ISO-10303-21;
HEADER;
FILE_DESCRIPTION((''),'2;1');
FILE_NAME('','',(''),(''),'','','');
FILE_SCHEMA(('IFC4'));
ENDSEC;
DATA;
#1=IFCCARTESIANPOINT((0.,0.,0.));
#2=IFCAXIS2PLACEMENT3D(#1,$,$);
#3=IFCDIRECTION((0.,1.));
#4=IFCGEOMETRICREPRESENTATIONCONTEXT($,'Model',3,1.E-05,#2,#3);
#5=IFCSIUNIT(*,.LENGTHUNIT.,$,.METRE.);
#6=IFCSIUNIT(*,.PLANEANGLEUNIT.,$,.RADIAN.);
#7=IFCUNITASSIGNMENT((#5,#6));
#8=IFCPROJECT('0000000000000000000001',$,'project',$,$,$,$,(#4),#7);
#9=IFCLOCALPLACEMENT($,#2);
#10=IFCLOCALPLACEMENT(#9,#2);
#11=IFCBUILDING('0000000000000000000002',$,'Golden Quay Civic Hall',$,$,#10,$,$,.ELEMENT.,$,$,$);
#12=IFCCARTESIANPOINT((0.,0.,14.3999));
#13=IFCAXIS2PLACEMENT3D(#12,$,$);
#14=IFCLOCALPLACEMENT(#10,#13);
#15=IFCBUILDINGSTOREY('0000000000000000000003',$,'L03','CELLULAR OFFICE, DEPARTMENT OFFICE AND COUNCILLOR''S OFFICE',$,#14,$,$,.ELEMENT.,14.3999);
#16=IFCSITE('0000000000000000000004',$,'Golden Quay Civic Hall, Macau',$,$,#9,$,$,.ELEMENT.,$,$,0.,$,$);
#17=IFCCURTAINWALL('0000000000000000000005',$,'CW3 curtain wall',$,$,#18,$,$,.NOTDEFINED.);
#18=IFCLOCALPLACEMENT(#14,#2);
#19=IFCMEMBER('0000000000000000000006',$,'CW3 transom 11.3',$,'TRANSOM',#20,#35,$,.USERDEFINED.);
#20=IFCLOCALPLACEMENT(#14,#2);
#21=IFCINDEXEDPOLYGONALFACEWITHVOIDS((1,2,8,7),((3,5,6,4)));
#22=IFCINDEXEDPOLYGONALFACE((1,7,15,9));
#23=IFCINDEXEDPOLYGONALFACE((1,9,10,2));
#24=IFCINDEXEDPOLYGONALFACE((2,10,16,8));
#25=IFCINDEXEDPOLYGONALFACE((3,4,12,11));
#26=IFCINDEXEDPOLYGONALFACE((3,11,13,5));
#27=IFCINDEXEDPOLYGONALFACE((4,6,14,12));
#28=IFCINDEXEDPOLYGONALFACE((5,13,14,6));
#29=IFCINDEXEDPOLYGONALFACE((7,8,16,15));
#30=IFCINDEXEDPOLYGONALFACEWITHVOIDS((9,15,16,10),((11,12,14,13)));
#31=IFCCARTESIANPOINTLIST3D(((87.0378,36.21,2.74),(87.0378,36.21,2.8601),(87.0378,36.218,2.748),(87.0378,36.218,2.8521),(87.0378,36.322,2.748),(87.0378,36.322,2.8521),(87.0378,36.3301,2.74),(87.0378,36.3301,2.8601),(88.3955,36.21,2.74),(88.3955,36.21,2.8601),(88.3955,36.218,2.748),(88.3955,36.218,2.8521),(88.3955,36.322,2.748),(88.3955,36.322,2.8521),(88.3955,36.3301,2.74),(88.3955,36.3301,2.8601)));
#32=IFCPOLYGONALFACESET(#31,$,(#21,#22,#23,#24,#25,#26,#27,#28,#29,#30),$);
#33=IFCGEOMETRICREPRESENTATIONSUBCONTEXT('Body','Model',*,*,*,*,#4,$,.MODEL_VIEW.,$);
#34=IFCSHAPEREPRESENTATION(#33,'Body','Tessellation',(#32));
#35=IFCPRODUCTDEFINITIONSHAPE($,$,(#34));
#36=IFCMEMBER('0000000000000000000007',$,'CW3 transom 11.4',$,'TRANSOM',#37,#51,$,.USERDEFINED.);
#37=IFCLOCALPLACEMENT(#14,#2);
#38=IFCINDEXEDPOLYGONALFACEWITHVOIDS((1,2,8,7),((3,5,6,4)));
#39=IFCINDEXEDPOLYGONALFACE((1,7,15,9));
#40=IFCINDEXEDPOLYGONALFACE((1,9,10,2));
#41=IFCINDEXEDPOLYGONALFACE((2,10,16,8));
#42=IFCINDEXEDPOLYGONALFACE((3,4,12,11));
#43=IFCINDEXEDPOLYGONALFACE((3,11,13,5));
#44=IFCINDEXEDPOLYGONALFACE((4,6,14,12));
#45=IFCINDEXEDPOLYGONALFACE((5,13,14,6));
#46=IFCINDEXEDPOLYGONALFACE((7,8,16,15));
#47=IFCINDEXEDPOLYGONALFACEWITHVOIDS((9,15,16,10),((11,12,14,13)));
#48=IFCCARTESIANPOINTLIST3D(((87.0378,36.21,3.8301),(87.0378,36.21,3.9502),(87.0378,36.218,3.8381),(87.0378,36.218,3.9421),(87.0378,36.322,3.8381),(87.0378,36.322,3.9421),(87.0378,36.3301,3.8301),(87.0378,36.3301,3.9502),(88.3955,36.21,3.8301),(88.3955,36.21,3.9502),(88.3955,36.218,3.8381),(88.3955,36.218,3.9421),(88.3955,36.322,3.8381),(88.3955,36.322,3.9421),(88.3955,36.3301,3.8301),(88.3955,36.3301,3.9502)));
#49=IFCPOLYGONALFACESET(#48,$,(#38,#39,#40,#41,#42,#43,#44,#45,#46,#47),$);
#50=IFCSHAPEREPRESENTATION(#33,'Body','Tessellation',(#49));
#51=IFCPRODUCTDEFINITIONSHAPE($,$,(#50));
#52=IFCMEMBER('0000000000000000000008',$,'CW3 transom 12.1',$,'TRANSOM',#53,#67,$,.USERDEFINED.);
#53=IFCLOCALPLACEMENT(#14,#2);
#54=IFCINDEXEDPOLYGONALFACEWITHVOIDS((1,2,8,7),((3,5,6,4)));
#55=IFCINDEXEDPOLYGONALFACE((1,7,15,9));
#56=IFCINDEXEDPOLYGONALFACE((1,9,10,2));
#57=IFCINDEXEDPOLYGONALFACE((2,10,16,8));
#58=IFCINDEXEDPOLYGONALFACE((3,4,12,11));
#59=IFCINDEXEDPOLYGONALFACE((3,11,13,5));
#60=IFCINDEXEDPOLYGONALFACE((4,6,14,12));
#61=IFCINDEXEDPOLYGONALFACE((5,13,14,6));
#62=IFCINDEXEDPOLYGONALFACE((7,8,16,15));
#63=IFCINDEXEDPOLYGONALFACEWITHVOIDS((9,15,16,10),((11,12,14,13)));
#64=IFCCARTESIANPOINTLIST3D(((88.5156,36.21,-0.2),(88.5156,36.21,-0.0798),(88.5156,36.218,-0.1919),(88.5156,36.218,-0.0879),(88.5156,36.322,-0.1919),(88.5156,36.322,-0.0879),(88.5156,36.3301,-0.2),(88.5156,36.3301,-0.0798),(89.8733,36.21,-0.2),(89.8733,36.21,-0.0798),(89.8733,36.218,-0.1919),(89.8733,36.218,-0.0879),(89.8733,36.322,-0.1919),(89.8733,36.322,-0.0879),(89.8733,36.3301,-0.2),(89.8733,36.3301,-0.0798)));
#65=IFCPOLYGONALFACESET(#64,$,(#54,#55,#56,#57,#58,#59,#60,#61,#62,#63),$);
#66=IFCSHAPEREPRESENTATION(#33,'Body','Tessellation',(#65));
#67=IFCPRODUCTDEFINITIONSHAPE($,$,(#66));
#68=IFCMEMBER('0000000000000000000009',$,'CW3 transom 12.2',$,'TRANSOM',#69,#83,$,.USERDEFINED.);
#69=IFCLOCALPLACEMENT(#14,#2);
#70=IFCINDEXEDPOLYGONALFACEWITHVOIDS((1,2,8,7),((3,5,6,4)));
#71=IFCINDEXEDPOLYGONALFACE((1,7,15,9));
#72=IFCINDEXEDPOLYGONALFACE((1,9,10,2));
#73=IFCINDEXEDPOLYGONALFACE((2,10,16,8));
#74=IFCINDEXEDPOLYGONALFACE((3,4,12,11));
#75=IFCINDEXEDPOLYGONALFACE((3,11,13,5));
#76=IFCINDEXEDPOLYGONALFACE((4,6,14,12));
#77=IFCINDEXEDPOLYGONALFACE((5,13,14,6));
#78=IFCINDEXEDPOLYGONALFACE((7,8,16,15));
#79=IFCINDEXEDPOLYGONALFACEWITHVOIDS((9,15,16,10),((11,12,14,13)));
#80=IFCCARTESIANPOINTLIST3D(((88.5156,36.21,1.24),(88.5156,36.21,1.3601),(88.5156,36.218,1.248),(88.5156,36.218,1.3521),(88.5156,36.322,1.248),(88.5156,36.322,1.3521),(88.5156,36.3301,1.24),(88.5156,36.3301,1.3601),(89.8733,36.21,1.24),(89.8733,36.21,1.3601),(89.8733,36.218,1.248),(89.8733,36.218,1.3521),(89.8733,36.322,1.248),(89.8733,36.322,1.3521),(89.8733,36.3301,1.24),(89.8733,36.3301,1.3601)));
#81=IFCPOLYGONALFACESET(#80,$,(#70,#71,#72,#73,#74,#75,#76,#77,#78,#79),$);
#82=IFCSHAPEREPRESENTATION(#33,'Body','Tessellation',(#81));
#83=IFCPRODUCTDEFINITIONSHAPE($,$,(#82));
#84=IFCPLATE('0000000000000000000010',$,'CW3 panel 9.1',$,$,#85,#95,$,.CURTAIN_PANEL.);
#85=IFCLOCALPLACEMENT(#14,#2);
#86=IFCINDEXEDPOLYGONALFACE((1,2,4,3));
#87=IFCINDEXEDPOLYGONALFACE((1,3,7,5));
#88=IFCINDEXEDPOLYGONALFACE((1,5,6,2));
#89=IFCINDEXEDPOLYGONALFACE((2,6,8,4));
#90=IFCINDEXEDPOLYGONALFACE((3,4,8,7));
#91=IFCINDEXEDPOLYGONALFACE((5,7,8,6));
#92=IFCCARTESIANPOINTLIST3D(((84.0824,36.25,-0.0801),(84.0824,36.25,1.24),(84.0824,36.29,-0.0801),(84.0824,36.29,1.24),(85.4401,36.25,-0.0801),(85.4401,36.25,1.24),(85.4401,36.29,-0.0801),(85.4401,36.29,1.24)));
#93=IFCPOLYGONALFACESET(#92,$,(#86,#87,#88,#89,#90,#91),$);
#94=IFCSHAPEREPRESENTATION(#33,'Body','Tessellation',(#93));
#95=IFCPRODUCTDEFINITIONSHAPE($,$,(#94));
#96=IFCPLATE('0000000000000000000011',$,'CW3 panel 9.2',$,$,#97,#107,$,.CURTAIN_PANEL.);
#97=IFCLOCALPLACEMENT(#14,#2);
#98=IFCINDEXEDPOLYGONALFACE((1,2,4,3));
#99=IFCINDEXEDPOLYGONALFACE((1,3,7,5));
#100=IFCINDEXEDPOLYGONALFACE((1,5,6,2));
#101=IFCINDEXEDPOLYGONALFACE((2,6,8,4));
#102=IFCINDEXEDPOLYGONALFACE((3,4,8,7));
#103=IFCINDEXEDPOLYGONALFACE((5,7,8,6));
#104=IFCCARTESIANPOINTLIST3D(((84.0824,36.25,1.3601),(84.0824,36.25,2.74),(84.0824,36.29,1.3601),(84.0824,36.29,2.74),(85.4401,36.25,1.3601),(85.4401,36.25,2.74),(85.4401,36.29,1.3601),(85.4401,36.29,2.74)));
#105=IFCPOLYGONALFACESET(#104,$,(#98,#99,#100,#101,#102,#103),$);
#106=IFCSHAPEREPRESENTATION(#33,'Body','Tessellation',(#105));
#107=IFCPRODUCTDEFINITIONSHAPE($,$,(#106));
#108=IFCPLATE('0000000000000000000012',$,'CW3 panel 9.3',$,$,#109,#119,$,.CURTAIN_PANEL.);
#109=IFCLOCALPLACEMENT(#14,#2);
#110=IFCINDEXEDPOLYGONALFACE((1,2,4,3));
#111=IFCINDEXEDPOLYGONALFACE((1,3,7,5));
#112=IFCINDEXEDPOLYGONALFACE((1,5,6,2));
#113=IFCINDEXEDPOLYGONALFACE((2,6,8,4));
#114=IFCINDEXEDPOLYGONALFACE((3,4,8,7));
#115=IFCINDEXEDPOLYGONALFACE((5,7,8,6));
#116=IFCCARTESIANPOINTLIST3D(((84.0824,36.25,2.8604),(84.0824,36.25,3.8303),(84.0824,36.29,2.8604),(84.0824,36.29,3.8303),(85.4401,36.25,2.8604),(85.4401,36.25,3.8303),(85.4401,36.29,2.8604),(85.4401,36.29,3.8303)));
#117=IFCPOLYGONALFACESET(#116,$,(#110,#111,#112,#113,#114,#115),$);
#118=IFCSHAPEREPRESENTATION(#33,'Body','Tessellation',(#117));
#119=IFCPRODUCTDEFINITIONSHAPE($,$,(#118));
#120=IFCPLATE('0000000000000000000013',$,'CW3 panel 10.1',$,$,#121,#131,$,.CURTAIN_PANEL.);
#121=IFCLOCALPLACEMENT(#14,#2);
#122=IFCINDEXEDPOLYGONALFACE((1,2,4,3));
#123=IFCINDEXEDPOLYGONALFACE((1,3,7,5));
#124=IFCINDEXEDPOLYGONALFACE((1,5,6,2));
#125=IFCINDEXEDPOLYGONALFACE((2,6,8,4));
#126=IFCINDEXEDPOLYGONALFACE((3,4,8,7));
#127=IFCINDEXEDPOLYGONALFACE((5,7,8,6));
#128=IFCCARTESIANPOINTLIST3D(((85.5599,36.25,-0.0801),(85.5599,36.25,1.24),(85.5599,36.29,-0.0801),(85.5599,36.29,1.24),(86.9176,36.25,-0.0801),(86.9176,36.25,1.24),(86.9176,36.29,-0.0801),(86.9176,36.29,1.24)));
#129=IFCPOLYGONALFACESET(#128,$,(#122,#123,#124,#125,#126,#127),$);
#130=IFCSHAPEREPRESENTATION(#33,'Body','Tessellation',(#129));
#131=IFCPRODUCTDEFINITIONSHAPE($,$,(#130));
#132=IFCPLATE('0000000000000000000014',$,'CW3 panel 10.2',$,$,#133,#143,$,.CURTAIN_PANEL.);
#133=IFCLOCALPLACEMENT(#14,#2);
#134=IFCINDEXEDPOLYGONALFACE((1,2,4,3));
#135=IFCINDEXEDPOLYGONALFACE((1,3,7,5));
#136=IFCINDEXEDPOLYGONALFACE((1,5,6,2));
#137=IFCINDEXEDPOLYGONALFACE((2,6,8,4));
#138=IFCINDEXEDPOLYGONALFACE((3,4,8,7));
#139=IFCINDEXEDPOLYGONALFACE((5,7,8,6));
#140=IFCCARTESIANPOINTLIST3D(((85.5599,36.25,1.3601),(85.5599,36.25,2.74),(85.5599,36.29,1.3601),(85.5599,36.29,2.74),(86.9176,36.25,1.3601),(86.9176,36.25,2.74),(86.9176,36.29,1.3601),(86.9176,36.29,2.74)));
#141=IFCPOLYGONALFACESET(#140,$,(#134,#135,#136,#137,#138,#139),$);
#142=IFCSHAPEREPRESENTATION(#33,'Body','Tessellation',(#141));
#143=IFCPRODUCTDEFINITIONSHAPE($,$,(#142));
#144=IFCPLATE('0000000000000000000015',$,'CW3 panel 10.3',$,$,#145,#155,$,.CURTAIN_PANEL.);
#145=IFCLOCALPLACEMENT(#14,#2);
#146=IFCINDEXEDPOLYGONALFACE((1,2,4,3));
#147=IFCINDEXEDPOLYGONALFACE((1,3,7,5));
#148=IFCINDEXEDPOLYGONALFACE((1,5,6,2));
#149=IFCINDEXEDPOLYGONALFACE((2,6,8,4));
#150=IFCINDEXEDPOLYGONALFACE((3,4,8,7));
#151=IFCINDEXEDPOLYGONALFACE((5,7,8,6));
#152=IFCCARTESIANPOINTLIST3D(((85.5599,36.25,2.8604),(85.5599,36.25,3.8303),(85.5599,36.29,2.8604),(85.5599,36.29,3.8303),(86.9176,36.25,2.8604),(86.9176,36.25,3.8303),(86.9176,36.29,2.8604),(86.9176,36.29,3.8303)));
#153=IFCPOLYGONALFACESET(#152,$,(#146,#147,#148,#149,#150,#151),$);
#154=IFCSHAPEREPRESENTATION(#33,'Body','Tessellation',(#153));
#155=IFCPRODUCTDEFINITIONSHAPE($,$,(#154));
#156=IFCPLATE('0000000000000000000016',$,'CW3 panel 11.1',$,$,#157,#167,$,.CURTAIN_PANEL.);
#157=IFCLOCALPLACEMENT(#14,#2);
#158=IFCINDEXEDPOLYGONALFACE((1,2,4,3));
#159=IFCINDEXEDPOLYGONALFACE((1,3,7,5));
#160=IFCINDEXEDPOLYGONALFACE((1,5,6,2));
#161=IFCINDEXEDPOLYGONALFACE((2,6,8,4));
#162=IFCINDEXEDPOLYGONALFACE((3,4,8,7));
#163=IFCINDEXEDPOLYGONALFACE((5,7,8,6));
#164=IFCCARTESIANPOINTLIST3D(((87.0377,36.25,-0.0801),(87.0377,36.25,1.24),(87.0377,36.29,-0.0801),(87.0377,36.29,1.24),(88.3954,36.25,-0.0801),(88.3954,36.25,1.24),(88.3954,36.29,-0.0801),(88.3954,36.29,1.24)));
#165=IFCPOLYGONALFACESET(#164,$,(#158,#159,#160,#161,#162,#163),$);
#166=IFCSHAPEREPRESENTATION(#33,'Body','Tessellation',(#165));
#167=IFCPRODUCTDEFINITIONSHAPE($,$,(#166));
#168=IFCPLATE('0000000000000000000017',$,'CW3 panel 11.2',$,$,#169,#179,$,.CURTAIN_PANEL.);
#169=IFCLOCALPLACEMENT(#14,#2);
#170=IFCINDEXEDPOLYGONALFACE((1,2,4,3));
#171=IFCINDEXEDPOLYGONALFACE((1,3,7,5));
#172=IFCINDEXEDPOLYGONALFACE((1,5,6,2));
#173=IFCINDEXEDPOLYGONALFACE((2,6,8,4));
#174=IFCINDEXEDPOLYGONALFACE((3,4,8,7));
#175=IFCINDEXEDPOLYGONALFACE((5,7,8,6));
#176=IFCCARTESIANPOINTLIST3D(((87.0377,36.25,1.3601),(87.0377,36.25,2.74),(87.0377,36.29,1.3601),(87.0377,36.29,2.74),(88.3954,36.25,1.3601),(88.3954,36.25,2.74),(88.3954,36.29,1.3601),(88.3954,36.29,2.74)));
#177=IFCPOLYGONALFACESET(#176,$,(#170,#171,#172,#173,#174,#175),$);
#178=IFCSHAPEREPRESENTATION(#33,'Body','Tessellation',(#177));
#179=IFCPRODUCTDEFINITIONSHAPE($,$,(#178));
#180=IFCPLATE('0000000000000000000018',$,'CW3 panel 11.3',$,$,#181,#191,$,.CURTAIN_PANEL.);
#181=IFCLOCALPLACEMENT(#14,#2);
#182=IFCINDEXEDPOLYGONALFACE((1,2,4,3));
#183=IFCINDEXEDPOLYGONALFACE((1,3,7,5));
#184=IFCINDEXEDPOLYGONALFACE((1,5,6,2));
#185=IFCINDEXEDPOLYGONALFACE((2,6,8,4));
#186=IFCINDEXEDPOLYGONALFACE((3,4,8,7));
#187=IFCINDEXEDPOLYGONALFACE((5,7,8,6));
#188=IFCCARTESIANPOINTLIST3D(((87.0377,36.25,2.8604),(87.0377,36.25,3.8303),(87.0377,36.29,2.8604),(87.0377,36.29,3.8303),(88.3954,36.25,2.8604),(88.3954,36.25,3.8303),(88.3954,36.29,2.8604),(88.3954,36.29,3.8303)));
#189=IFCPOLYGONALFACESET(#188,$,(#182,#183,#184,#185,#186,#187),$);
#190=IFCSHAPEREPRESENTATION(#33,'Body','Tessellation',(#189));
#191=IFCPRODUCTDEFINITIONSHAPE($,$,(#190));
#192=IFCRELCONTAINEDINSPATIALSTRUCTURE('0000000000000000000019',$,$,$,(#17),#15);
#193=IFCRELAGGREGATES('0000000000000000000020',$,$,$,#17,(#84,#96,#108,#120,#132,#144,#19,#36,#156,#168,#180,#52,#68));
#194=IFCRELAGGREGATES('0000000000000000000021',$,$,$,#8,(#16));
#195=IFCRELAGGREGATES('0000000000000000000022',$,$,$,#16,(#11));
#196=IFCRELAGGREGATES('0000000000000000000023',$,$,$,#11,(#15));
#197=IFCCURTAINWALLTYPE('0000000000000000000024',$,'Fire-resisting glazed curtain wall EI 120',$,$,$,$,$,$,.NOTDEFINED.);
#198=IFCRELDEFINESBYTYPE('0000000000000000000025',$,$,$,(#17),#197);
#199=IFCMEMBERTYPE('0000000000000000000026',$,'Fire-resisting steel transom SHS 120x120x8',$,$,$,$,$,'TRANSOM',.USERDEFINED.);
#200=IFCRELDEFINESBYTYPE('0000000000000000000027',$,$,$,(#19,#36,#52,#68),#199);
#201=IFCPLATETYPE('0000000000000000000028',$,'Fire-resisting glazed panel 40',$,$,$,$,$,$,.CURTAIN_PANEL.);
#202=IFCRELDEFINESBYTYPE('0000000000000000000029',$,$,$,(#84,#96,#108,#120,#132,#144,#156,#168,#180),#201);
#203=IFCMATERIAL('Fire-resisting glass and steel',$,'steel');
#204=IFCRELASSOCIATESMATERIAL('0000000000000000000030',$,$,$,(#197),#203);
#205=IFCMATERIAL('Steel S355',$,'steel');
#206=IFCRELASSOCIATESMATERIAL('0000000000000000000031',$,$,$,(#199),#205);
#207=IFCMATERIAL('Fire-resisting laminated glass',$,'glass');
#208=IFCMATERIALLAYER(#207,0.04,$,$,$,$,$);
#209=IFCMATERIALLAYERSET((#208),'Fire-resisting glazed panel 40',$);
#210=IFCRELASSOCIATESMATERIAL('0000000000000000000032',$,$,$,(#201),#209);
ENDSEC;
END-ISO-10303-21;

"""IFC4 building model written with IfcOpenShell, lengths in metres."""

from ifc_helpers import new_model, si_unit, direction, frame, origin, origin_2d, place, context, subcontext, project, spatial, rectangle, hollow_rectangle, extrude, material, layer, layer_set, material_profile, profile_set, type_object, element, aggregate, save


model = new_model("IFC4")

# Units and contexts
model_context = context("Model", 3, precision=1e-05, world=origin(), true_north=direction((0.0, 1.0)))
body_context = subcontext(model_context, "Body", "Model", "MODEL_VIEW")
ifc_project = project(units=[si_unit("LENGTHUNIT", "METRE"), si_unit("PLANEANGLEUNIT", "RADIAN")], contexts=[model_context])

# Site, building, storey
site_placement = place(None, origin())
site = spatial("IfcSite", under=ifc_project, at=site_placement, Name="Golden Quay Civic Hall, Macau", CompositionType="ELEMENT", RefElevation=0.0)
building_placement = place(site_placement, origin())
building = spatial("IfcBuilding", under=site, at=building_placement, Name="Golden Quay Civic Hall", CompositionType="ELEMENT")
storey_placement = place(building_placement, frame((0.0, 0.0, 14.3999)))
storey = spatial("IfcBuildingStorey", under=building, at=storey_placement, Name="L03", Description="CELLULAR OFFICE, DEPARTMENT OFFICE AND COUNCILLOR'S OFFICE", CompositionType="ELEMENT", Elevation=14.3999)

# Curtain wall, members, plates
ifc_material_1 = material(Name="Fire-resisting glass and steel", Category="steel")
curtain_wall_type = type_object("IfcCurtainWallType", Name="Fire-resisting glazed curtain wall EI 120", PredefinedType="NOTDEFINED", material=ifc_material_1)
curtain_wall_placement = place(storey_placement, origin())
curtain_wall = element("IfcCurtainWall", 1, at=curtain_wall_placement, inside=storey, type_object=curtain_wall_type, Name="CW3 curtain wall", PredefinedType="NOTDEFINED")
ifc_material_2 = material(Name="Steel S355", Category="steel")
ifc_material_profile_1 = material_profile(ifc_material_2, hollow_rectangle(XDim=0.1201, YDim=0.1201, WallThickness=0.0081, at=origin_2d()), Name="SHS 120x120x8")
ifc_profile_set_1 = profile_set([ifc_material_profile_1], Name="Steel S355")
member_type_1 = type_object("IfcMemberType", Name="Fire-resisting steel transom SHS 120x120x8", ElementType="TRANSOM", PredefinedType="USERDEFINED", material=ifc_profile_set_1)
member_1_placement = place(storey_placement, frame((87.0378, 36.27, 2.8), z_axis=(1.0, 0.0, 0.0), x_axis=(0.0, 1.0, 0.0)))
member_1 = element("IfcMember", 2, at=member_1_placement, type_object=member_type_1, Name="CW3 transom 11.3", ObjectType="TRANSOM", PredefinedType="USERDEFINED", context=body_context, shape_type="SweptSolid", body=[
    extrude(hollow_rectangle(XDim=0.1201, YDim=0.1201, WallThickness=0.0081, at=origin_2d()), origin(), (0.0, 0.0, 1.0), 1.3577),
])
member_2_placement = place(storey_placement, frame((87.0378, 36.27, 3.8901), z_axis=(1.0, 0.0, 0.0), x_axis=(0.0, 1.0, 0.0)))
member_2 = element("IfcMember", 3, at=member_2_placement, type_object=member_type_1, Name="CW3 transom 11.4", ObjectType="TRANSOM", PredefinedType="USERDEFINED", context=body_context, shape_type="SweptSolid", body=[
    extrude(hollow_rectangle(XDim=0.1201, YDim=0.1201, WallThickness=0.0081, at=origin_2d()), origin(), (0.0, 0.0, 1.0), 1.3577),
])
member_3_placement = place(storey_placement, frame((88.5156, 36.27, -0.1399), z_axis=(1.0, 0.0, 0.0), x_axis=(0.0, 1.0, 0.0)))
member_3 = element("IfcMember", 4, at=member_3_placement, type_object=member_type_1, Name="CW3 transom 12.1", ObjectType="TRANSOM", PredefinedType="USERDEFINED", context=body_context, shape_type="SweptSolid", body=[
    extrude(hollow_rectangle(XDim=0.1201, YDim=0.1201, WallThickness=0.0081, at=origin_2d()), origin(), (0.0, 0.0, 1.0), 1.3577),
])
member_4_placement = place(storey_placement, frame((88.5156, 36.27, 1.3), z_axis=(1.0, 0.0, 0.0), x_axis=(0.0, 1.0, 0.0)))
member_4 = element("IfcMember", 5, at=member_4_placement, type_object=member_type_1, Name="CW3 transom 12.2", ObjectType="TRANSOM", PredefinedType="USERDEFINED", context=body_context, shape_type="SweptSolid", body=[
    extrude(hollow_rectangle(XDim=0.1201, YDim=0.1201, WallThickness=0.0081, at=origin_2d()), origin(), (0.0, 0.0, 1.0), 1.3577),
])
ifc_material_3 = material(Name="Fire-resisting laminated glass", Category="glass")
ifc_layer = layer(ifc_material_3, 0.04)
ifc_layer_set = layer_set([ifc_layer], Name="Fire-resisting glazed panel 40")
plate_type = type_object("IfcPlateType", Name="Fire-resisting glazed panel 40", PredefinedType="CURTAIN_PANEL", material=ifc_layer_set)
plate_1_placement = place(storey_placement, frame((84.7612, 36.27, -0.0801), z_axis=(0.0, 0.0, 1.0), x_axis=(1.0, 0.0, 0.0)))
plate_1 = element("IfcPlate", 6, at=plate_1_placement, type_object=plate_type, Name="CW3 panel 9.1", PredefinedType="CURTAIN_PANEL", context=body_context, shape_type="SweptSolid", body=[
    extrude(rectangle(XDim=1.3577, YDim=0.04, at=origin_2d()), origin(), (0.0, 0.0, 1.0), 1.3201),
])
plate_2_placement = place(storey_placement, frame((84.7612, 36.27, 1.3601), z_axis=(0.0, 0.0, 1.0), x_axis=(1.0, 0.0, 0.0)))
plate_2 = element("IfcPlate", 7, at=plate_2_placement, type_object=plate_type, Name="CW3 panel 9.2", PredefinedType="CURTAIN_PANEL", context=body_context, shape_type="SweptSolid", body=[
    extrude(rectangle(XDim=1.3577, YDim=0.04, at=origin_2d()), origin(), (0.0, 0.0, 1.0), 1.3799),
])
plate_3_placement = place(storey_placement, frame((84.7612, 36.27, 2.8604), z_axis=(0.0, 0.0, 1.0), x_axis=(1.0, 0.0, 0.0)))
plate_3 = element("IfcPlate", 8, at=plate_3_placement, type_object=plate_type, Name="CW3 panel 9.3", PredefinedType="CURTAIN_PANEL", context=body_context, shape_type="SweptSolid", body=[
    extrude(rectangle(XDim=1.3577, YDim=0.04, at=origin_2d()), origin(), (0.0, 0.0, 1.0), 0.97),
])
plate_4_placement = place(storey_placement, frame((86.2388, 36.27, -0.0801), z_axis=(0.0, 0.0, 1.0), x_axis=(1.0, 0.0, 0.0)))
plate_4 = element("IfcPlate", 9, at=plate_4_placement, type_object=plate_type, Name="CW3 panel 10.1", PredefinedType="CURTAIN_PANEL", context=body_context, shape_type="SweptSolid", body=[
    extrude(rectangle(XDim=1.3577, YDim=0.04, at=origin_2d()), origin(), (0.0, 0.0, 1.0), 1.3201),
])
plate_5_placement = place(storey_placement, frame((86.2388, 36.27, 1.3601), z_axis=(0.0, 0.0, 1.0), x_axis=(1.0, 0.0, 0.0)))
plate_5 = element("IfcPlate", 10, at=plate_5_placement, type_object=plate_type, Name="CW3 panel 10.2", PredefinedType="CURTAIN_PANEL", context=body_context, shape_type="SweptSolid", body=[
    extrude(rectangle(XDim=1.3577, YDim=0.04, at=origin_2d()), origin(), (0.0, 0.0, 1.0), 1.3799),
])
plate_6_placement = place(storey_placement, frame((86.2388, 36.27, 2.8604), z_axis=(0.0, 0.0, 1.0), x_axis=(1.0, 0.0, 0.0)))
plate_6 = element("IfcPlate", 11, at=plate_6_placement, type_object=plate_type, Name="CW3 panel 10.3", PredefinedType="CURTAIN_PANEL", context=body_context, shape_type="SweptSolid", body=[
    extrude(rectangle(XDim=1.3577, YDim=0.04, at=origin_2d()), origin(), (0.0, 0.0, 1.0), 0.97),
])
plate_7_placement = place(storey_placement, frame((87.7166, 36.27, -0.0801), z_axis=(0.0, 0.0, 1.0), x_axis=(1.0, 0.0, 0.0)))
plate_7 = element("IfcPlate", 12, at=plate_7_placement, type_object=plate_type, Name="CW3 panel 11.1", PredefinedType="CURTAIN_PANEL", context=body_context, shape_type="SweptSolid", body=[
    extrude(rectangle(XDim=1.3577, YDim=0.04, at=origin_2d()), origin(), (0.0, 0.0, 1.0), 1.3201),
])
plate_8_placement = place(storey_placement, frame((87.7166, 36.27, 1.3601), z_axis=(0.0, 0.0, 1.0), x_axis=(1.0, 0.0, 0.0)))
plate_8 = element("IfcPlate", 13, at=plate_8_placement, type_object=plate_type, Name="CW3 panel 11.2", PredefinedType="CURTAIN_PANEL", context=body_context, shape_type="SweptSolid", body=[
    extrude(rectangle(XDim=1.3577, YDim=0.04, at=origin_2d()), origin(), (0.0, 0.0, 1.0), 1.3799),
])
plate_9_placement = place(storey_placement, frame((87.7166, 36.27, 2.8604), z_axis=(0.0, 0.0, 1.0), x_axis=(1.0, 0.0, 0.0)))
plate_9 = element("IfcPlate", 14, at=plate_9_placement, type_object=plate_type, Name="CW3 panel 11.3", PredefinedType="CURTAIN_PANEL", context=body_context, shape_type="SweptSolid", body=[
    extrude(rectangle(XDim=1.3577, YDim=0.04, at=origin_2d()), origin(), (0.0, 0.0, 1.0), 0.97),
])
aggregate(curtain_wall, [plate_1, plate_2, plate_3, plate_4, plate_5, plate_6, member_1, member_2, plate_7, plate_8, plate_9, member_3, member_4])

save(model, "model.ifc")
